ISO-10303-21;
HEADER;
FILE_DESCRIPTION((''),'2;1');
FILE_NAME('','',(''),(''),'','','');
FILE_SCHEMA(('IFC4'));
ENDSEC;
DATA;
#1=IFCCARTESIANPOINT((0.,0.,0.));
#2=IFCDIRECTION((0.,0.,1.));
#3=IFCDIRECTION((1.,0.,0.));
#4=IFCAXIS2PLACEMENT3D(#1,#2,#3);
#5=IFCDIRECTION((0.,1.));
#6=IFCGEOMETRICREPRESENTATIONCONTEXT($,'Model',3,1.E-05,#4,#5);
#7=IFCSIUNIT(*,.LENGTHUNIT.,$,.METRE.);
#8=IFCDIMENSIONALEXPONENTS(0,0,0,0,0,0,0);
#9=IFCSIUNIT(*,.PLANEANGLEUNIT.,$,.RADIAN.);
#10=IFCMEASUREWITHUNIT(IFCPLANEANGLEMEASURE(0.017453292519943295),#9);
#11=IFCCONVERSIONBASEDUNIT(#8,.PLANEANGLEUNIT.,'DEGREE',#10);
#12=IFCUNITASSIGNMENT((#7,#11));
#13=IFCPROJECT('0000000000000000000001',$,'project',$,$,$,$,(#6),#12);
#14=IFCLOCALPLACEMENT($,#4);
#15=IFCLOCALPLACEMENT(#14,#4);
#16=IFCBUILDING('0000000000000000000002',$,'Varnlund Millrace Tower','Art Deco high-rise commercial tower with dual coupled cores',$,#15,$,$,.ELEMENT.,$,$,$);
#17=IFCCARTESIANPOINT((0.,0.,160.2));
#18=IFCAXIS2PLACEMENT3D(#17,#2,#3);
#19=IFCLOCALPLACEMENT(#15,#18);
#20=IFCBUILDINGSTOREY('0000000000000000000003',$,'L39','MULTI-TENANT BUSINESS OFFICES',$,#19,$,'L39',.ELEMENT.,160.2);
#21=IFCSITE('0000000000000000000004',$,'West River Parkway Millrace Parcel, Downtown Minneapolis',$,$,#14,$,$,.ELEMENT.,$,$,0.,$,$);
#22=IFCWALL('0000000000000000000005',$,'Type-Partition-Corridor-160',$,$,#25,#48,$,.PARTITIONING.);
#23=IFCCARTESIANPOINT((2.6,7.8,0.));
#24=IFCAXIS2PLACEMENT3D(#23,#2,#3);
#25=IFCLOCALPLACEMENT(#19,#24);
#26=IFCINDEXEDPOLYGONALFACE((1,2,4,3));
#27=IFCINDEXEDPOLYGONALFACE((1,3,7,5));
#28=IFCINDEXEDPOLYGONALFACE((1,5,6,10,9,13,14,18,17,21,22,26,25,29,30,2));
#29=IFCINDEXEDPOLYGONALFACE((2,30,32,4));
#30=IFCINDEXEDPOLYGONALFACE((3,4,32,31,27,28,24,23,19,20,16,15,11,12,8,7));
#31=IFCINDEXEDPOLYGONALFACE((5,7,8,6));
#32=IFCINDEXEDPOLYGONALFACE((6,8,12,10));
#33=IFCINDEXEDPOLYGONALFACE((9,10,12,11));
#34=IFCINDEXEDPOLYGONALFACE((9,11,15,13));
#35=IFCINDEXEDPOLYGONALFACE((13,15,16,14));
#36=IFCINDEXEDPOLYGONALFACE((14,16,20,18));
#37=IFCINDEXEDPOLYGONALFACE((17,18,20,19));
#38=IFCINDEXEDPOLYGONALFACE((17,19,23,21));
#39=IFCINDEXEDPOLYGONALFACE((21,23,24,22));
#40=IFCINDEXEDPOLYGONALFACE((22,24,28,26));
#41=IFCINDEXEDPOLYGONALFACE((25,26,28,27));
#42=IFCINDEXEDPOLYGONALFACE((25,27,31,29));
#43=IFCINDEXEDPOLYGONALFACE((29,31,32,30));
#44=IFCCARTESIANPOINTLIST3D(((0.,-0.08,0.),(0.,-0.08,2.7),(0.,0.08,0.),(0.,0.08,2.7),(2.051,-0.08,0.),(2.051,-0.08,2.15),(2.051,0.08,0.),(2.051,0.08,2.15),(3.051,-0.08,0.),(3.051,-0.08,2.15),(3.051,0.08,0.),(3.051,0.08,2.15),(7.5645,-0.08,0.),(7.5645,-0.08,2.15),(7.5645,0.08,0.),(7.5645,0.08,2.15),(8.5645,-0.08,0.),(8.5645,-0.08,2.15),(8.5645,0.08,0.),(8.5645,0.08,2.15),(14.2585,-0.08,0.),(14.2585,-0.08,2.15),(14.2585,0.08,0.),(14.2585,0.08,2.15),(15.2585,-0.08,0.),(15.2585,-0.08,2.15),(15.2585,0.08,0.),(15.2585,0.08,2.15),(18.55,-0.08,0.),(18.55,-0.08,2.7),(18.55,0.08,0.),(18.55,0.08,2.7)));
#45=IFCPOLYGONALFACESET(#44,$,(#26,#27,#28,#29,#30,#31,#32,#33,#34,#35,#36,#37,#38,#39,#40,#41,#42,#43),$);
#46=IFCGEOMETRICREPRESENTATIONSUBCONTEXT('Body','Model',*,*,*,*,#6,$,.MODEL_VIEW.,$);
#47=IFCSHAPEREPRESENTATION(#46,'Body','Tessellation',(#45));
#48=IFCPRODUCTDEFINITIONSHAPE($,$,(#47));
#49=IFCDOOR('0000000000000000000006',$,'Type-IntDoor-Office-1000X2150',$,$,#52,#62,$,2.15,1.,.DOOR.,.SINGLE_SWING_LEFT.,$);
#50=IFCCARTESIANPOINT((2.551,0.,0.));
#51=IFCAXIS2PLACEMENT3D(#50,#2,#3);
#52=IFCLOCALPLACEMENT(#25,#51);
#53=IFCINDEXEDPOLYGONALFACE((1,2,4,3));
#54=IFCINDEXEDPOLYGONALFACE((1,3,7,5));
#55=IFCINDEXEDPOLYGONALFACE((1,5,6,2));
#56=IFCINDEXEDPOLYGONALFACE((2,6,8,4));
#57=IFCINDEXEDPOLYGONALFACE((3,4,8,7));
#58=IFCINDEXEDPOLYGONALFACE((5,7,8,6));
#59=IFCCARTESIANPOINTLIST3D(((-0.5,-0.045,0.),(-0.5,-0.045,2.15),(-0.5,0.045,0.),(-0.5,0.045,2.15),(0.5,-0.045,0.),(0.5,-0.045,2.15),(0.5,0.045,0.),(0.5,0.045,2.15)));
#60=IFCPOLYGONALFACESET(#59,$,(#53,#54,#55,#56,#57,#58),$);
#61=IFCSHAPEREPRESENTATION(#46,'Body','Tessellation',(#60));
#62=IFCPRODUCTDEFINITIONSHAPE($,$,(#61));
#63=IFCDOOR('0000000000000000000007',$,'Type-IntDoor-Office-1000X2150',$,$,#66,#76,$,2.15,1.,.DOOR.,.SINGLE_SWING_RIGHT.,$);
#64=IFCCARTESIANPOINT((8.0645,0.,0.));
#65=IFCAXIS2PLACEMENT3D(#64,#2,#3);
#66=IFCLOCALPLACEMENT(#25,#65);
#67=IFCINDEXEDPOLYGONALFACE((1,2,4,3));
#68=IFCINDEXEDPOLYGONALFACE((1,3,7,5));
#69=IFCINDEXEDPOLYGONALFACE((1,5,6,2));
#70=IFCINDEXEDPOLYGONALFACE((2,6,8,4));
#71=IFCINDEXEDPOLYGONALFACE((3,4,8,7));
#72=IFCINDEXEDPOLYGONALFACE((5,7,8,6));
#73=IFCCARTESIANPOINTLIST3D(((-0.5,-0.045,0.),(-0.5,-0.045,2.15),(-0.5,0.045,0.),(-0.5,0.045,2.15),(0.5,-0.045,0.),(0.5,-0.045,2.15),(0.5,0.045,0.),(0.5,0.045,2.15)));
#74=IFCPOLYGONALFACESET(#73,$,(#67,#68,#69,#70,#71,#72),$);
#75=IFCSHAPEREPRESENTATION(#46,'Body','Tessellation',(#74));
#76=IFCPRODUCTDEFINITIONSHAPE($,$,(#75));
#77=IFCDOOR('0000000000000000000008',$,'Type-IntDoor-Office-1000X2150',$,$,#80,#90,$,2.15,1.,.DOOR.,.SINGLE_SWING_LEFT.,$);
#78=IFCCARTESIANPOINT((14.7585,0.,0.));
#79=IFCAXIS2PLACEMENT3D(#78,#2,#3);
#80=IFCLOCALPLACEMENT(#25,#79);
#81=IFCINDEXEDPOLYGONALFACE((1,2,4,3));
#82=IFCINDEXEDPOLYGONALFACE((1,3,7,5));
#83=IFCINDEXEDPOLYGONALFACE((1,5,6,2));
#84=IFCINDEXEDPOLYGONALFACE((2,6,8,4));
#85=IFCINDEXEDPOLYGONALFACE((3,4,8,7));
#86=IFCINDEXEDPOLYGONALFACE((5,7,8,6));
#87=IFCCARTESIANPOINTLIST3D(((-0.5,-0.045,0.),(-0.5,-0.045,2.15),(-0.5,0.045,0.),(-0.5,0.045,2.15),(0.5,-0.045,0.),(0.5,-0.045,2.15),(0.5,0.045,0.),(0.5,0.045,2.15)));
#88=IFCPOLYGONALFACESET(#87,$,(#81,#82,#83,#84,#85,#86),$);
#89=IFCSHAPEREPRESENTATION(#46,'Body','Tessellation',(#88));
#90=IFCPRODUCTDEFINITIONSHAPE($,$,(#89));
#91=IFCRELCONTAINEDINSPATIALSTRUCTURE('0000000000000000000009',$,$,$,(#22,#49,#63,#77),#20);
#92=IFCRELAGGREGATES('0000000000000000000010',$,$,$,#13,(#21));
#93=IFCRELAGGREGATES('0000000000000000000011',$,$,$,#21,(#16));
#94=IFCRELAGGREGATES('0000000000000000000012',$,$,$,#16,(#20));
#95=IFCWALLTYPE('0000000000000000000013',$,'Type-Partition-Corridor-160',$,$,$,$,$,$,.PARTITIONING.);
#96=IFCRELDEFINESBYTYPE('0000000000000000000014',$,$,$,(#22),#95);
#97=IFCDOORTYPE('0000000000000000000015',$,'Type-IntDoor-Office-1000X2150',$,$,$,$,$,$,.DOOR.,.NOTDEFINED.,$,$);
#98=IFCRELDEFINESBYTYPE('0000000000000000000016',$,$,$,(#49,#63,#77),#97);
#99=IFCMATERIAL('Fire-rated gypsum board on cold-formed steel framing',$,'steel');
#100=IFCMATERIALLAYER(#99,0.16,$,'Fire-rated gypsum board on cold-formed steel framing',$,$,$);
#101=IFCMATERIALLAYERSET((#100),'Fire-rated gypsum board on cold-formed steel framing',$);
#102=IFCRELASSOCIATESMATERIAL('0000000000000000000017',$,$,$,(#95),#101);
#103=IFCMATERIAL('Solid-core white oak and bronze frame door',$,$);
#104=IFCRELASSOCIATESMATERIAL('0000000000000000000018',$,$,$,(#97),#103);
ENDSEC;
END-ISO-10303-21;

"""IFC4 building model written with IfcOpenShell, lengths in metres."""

from ifc_helpers import new_model, entity, si_unit, converted_unit, direction, frame, origin_with_axes, origin_2d_with_axis, place, context, subcontext, project, spatial, polyline, rectangle, outline, extrude, material, layer, layer_set, type_object, element, fill, save


model = new_model("IFC4")

# Units and contexts
model_context = context("Model", 3, precision=1e-05, world=origin_with_axes(), true_north=direction((0.0, 1.0)))
body_context = subcontext(model_context, "Body", "Model", "MODEL_VIEW")
ifc_project = project(units=[si_unit("LENGTHUNIT", "METRE"), converted_unit("PLANEANGLEUNIT", "DEGREE", entity("IfcPlaneAngleMeasure", 0.017453292519943295), si_unit("PLANEANGLEUNIT", "RADIAN"), dimensions=[0, 0, 0, 0, 0, 0, 0])], contexts=[model_context])

# Site, building, storey
site_placement = place(None, origin_with_axes())
site = spatial("IfcSite", under=ifc_project, at=site_placement, Name="West River Parkway Millrace Parcel, Downtown Minneapolis", CompositionType="ELEMENT", RefElevation=0.0)
building_placement = place(site_placement, origin_with_axes())
building = spatial("IfcBuilding", under=site, at=building_placement, Name="Varnlund Millrace Tower", Description="Art Deco high-rise commercial tower with dual coupled cores", CompositionType="ELEMENT")
storey_placement = place(building_placement, frame((0.0, 0.0, 160.2), z_axis=(0.0, 0.0, 1.0), x_axis=(1.0, 0.0, 0.0)))
storey = spatial("IfcBuildingStorey", under=building, at=storey_placement, Name="L39", Description="MULTI-TENANT BUSINESS OFFICES", LongName="L39", CompositionType="ELEMENT", Elevation=160.2)

# Shared definitions
ifc_material_1 = material(Name="Fire-rated gypsum board on cold-formed steel framing", Category="steel")
ifc_layer_1 = layer(ifc_material_1, 0.16, Name="Fire-rated gypsum board on cold-formed steel framing")
ifc_layer_set_1 = layer_set([ifc_layer_1], Name="Fire-rated gypsum board on cold-formed steel framing")
wall_type_1 = type_object("IfcWallType", Name="Type-Partition-Corridor-160", PredefinedType="PARTITIONING", material=ifc_layer_set_1)

# Wall, openings, doors
wall_1_placement = place(storey_placement, frame((2.6, 7.8, 0.0), z_axis=(0.0, 0.0, 1.0), x_axis=(1.0, 0.0, 0.0)))
wall_1 = element("IfcWall", 1, at=wall_1_placement, inside=storey, type_object=wall_type_1, Name="Type-Partition-Corridor-160", PredefinedType="PARTITIONING", context=body_context, shape_type="SweptSolid", body=[
    extrude(outline(polyline([(0.0, -0.08), (18.55, -0.08), (18.55, 0.08), (0.0, 0.08), (0.0, -0.08)])), origin_with_axes(), (0.0, 0.0, 1.0), 2.7),
])
opening_1_placement = place(wall_1_placement, frame((2.551, 0.0, 0.0), z_axis=(0.0, 0.0, 1.0), x_axis=(1.0, 0.0, 0.0)))
opening_1 = element("IfcOpeningElement", 2, at=opening_1_placement, cuts=wall_1, PredefinedType="OPENING", context=body_context, shape_type="SweptSolid", body=[
    extrude(rectangle(XDim=1.0, YDim=0.18, at=origin_2d_with_axis()), origin_with_axes(), (0.0, 0.0, 1.0), 2.15),
])
opening_2_placement = place(wall_1_placement, frame((8.0645, 0.0, 0.0), z_axis=(0.0, 0.0, 1.0), x_axis=(1.0, 0.0, 0.0)))
opening_2 = element("IfcOpeningElement", 3, at=opening_2_placement, cuts=wall_1, PredefinedType="OPENING", context=body_context, shape_type="SweptSolid", body=[
    extrude(rectangle(XDim=1.0, YDim=0.18, at=origin_2d_with_axis()), origin_with_axes(), (0.0, 0.0, 1.0), 2.15),
])
opening_3_placement = place(wall_1_placement, frame((14.7585, 0.0, 0.0), z_axis=(0.0, 0.0, 1.0), x_axis=(1.0, 0.0, 0.0)))
opening_3 = element("IfcOpeningElement", 4, at=opening_3_placement, cuts=wall_1, PredefinedType="OPENING", context=body_context, shape_type="SweptSolid", body=[
    extrude(rectangle(XDim=1.0, YDim=0.18, at=origin_2d_with_axis()), origin_with_axes(), (0.0, 0.0, 1.0), 2.15),
])
ifc_material_2 = material(Name="Solid-core white oak and bronze frame door")
door_type_1 = type_object("IfcDoorType", Name="Type-IntDoor-Office-1000X2150", OperationType="NOTDEFINED", PredefinedType="DOOR", material=ifc_material_2)
door_1_placement = place(wall_1_placement, frame((2.551, 0.0, 0.0), z_axis=(0.0, 0.0, 1.0), x_axis=(1.0, 0.0, 0.0)))
door_1 = element("IfcDoor", 5, at=door_1_placement, inside=storey, type_object=door_type_1, Name="Type-IntDoor-Office-1000X2150", OperationType="SINGLE_SWING_LEFT", OverallHeight=2.15, OverallWidth=1.0, PredefinedType="DOOR", context=body_context, shape_type="SweptSolid", body=[
    extrude(rectangle(XDim=1.0, YDim=0.09, at=origin_2d_with_axis()), origin_with_axes(), (0.0, 0.0, 1.0), 2.15),
])
fill(opening_1, door_1)
door_2_placement = place(wall_1_placement, frame((8.0645, 0.0, 0.0), z_axis=(0.0, 0.0, 1.0), x_axis=(1.0, 0.0, 0.0)))
door_2 = element("IfcDoor", 6, at=door_2_placement, inside=storey, type_object=door_type_1, Name="Type-IntDoor-Office-1000X2150", OperationType="SINGLE_SWING_RIGHT", OverallHeight=2.15, OverallWidth=1.0, PredefinedType="DOOR", context=body_context, shape_type="SweptSolid", body=[
    extrude(rectangle(XDim=1.0, YDim=0.09, at=origin_2d_with_axis()), origin_with_axes(), (0.0, 0.0, 1.0), 2.15),
])
fill(opening_2, door_2)
door_3_placement = place(wall_1_placement, frame((14.7585, 0.0, 0.0), z_axis=(0.0, 0.0, 1.0), x_axis=(1.0, 0.0, 0.0)))
door_3 = element("IfcDoor", 7, at=door_3_placement, inside=storey, type_object=door_type_1, Name="Type-IntDoor-Office-1000X2150", OperationType="SINGLE_SWING_LEFT", OverallHeight=2.15, OverallWidth=1.0, PredefinedType="DOOR", context=body_context, shape_type="SweptSolid", body=[
    extrude(rectangle(XDim=1.0, YDim=0.09, at=origin_2d_with_axis()), origin_with_axes(), (0.0, 0.0, 1.0), 2.15),
])
fill(opening_3, door_3)

save(model, "model.ifc")
